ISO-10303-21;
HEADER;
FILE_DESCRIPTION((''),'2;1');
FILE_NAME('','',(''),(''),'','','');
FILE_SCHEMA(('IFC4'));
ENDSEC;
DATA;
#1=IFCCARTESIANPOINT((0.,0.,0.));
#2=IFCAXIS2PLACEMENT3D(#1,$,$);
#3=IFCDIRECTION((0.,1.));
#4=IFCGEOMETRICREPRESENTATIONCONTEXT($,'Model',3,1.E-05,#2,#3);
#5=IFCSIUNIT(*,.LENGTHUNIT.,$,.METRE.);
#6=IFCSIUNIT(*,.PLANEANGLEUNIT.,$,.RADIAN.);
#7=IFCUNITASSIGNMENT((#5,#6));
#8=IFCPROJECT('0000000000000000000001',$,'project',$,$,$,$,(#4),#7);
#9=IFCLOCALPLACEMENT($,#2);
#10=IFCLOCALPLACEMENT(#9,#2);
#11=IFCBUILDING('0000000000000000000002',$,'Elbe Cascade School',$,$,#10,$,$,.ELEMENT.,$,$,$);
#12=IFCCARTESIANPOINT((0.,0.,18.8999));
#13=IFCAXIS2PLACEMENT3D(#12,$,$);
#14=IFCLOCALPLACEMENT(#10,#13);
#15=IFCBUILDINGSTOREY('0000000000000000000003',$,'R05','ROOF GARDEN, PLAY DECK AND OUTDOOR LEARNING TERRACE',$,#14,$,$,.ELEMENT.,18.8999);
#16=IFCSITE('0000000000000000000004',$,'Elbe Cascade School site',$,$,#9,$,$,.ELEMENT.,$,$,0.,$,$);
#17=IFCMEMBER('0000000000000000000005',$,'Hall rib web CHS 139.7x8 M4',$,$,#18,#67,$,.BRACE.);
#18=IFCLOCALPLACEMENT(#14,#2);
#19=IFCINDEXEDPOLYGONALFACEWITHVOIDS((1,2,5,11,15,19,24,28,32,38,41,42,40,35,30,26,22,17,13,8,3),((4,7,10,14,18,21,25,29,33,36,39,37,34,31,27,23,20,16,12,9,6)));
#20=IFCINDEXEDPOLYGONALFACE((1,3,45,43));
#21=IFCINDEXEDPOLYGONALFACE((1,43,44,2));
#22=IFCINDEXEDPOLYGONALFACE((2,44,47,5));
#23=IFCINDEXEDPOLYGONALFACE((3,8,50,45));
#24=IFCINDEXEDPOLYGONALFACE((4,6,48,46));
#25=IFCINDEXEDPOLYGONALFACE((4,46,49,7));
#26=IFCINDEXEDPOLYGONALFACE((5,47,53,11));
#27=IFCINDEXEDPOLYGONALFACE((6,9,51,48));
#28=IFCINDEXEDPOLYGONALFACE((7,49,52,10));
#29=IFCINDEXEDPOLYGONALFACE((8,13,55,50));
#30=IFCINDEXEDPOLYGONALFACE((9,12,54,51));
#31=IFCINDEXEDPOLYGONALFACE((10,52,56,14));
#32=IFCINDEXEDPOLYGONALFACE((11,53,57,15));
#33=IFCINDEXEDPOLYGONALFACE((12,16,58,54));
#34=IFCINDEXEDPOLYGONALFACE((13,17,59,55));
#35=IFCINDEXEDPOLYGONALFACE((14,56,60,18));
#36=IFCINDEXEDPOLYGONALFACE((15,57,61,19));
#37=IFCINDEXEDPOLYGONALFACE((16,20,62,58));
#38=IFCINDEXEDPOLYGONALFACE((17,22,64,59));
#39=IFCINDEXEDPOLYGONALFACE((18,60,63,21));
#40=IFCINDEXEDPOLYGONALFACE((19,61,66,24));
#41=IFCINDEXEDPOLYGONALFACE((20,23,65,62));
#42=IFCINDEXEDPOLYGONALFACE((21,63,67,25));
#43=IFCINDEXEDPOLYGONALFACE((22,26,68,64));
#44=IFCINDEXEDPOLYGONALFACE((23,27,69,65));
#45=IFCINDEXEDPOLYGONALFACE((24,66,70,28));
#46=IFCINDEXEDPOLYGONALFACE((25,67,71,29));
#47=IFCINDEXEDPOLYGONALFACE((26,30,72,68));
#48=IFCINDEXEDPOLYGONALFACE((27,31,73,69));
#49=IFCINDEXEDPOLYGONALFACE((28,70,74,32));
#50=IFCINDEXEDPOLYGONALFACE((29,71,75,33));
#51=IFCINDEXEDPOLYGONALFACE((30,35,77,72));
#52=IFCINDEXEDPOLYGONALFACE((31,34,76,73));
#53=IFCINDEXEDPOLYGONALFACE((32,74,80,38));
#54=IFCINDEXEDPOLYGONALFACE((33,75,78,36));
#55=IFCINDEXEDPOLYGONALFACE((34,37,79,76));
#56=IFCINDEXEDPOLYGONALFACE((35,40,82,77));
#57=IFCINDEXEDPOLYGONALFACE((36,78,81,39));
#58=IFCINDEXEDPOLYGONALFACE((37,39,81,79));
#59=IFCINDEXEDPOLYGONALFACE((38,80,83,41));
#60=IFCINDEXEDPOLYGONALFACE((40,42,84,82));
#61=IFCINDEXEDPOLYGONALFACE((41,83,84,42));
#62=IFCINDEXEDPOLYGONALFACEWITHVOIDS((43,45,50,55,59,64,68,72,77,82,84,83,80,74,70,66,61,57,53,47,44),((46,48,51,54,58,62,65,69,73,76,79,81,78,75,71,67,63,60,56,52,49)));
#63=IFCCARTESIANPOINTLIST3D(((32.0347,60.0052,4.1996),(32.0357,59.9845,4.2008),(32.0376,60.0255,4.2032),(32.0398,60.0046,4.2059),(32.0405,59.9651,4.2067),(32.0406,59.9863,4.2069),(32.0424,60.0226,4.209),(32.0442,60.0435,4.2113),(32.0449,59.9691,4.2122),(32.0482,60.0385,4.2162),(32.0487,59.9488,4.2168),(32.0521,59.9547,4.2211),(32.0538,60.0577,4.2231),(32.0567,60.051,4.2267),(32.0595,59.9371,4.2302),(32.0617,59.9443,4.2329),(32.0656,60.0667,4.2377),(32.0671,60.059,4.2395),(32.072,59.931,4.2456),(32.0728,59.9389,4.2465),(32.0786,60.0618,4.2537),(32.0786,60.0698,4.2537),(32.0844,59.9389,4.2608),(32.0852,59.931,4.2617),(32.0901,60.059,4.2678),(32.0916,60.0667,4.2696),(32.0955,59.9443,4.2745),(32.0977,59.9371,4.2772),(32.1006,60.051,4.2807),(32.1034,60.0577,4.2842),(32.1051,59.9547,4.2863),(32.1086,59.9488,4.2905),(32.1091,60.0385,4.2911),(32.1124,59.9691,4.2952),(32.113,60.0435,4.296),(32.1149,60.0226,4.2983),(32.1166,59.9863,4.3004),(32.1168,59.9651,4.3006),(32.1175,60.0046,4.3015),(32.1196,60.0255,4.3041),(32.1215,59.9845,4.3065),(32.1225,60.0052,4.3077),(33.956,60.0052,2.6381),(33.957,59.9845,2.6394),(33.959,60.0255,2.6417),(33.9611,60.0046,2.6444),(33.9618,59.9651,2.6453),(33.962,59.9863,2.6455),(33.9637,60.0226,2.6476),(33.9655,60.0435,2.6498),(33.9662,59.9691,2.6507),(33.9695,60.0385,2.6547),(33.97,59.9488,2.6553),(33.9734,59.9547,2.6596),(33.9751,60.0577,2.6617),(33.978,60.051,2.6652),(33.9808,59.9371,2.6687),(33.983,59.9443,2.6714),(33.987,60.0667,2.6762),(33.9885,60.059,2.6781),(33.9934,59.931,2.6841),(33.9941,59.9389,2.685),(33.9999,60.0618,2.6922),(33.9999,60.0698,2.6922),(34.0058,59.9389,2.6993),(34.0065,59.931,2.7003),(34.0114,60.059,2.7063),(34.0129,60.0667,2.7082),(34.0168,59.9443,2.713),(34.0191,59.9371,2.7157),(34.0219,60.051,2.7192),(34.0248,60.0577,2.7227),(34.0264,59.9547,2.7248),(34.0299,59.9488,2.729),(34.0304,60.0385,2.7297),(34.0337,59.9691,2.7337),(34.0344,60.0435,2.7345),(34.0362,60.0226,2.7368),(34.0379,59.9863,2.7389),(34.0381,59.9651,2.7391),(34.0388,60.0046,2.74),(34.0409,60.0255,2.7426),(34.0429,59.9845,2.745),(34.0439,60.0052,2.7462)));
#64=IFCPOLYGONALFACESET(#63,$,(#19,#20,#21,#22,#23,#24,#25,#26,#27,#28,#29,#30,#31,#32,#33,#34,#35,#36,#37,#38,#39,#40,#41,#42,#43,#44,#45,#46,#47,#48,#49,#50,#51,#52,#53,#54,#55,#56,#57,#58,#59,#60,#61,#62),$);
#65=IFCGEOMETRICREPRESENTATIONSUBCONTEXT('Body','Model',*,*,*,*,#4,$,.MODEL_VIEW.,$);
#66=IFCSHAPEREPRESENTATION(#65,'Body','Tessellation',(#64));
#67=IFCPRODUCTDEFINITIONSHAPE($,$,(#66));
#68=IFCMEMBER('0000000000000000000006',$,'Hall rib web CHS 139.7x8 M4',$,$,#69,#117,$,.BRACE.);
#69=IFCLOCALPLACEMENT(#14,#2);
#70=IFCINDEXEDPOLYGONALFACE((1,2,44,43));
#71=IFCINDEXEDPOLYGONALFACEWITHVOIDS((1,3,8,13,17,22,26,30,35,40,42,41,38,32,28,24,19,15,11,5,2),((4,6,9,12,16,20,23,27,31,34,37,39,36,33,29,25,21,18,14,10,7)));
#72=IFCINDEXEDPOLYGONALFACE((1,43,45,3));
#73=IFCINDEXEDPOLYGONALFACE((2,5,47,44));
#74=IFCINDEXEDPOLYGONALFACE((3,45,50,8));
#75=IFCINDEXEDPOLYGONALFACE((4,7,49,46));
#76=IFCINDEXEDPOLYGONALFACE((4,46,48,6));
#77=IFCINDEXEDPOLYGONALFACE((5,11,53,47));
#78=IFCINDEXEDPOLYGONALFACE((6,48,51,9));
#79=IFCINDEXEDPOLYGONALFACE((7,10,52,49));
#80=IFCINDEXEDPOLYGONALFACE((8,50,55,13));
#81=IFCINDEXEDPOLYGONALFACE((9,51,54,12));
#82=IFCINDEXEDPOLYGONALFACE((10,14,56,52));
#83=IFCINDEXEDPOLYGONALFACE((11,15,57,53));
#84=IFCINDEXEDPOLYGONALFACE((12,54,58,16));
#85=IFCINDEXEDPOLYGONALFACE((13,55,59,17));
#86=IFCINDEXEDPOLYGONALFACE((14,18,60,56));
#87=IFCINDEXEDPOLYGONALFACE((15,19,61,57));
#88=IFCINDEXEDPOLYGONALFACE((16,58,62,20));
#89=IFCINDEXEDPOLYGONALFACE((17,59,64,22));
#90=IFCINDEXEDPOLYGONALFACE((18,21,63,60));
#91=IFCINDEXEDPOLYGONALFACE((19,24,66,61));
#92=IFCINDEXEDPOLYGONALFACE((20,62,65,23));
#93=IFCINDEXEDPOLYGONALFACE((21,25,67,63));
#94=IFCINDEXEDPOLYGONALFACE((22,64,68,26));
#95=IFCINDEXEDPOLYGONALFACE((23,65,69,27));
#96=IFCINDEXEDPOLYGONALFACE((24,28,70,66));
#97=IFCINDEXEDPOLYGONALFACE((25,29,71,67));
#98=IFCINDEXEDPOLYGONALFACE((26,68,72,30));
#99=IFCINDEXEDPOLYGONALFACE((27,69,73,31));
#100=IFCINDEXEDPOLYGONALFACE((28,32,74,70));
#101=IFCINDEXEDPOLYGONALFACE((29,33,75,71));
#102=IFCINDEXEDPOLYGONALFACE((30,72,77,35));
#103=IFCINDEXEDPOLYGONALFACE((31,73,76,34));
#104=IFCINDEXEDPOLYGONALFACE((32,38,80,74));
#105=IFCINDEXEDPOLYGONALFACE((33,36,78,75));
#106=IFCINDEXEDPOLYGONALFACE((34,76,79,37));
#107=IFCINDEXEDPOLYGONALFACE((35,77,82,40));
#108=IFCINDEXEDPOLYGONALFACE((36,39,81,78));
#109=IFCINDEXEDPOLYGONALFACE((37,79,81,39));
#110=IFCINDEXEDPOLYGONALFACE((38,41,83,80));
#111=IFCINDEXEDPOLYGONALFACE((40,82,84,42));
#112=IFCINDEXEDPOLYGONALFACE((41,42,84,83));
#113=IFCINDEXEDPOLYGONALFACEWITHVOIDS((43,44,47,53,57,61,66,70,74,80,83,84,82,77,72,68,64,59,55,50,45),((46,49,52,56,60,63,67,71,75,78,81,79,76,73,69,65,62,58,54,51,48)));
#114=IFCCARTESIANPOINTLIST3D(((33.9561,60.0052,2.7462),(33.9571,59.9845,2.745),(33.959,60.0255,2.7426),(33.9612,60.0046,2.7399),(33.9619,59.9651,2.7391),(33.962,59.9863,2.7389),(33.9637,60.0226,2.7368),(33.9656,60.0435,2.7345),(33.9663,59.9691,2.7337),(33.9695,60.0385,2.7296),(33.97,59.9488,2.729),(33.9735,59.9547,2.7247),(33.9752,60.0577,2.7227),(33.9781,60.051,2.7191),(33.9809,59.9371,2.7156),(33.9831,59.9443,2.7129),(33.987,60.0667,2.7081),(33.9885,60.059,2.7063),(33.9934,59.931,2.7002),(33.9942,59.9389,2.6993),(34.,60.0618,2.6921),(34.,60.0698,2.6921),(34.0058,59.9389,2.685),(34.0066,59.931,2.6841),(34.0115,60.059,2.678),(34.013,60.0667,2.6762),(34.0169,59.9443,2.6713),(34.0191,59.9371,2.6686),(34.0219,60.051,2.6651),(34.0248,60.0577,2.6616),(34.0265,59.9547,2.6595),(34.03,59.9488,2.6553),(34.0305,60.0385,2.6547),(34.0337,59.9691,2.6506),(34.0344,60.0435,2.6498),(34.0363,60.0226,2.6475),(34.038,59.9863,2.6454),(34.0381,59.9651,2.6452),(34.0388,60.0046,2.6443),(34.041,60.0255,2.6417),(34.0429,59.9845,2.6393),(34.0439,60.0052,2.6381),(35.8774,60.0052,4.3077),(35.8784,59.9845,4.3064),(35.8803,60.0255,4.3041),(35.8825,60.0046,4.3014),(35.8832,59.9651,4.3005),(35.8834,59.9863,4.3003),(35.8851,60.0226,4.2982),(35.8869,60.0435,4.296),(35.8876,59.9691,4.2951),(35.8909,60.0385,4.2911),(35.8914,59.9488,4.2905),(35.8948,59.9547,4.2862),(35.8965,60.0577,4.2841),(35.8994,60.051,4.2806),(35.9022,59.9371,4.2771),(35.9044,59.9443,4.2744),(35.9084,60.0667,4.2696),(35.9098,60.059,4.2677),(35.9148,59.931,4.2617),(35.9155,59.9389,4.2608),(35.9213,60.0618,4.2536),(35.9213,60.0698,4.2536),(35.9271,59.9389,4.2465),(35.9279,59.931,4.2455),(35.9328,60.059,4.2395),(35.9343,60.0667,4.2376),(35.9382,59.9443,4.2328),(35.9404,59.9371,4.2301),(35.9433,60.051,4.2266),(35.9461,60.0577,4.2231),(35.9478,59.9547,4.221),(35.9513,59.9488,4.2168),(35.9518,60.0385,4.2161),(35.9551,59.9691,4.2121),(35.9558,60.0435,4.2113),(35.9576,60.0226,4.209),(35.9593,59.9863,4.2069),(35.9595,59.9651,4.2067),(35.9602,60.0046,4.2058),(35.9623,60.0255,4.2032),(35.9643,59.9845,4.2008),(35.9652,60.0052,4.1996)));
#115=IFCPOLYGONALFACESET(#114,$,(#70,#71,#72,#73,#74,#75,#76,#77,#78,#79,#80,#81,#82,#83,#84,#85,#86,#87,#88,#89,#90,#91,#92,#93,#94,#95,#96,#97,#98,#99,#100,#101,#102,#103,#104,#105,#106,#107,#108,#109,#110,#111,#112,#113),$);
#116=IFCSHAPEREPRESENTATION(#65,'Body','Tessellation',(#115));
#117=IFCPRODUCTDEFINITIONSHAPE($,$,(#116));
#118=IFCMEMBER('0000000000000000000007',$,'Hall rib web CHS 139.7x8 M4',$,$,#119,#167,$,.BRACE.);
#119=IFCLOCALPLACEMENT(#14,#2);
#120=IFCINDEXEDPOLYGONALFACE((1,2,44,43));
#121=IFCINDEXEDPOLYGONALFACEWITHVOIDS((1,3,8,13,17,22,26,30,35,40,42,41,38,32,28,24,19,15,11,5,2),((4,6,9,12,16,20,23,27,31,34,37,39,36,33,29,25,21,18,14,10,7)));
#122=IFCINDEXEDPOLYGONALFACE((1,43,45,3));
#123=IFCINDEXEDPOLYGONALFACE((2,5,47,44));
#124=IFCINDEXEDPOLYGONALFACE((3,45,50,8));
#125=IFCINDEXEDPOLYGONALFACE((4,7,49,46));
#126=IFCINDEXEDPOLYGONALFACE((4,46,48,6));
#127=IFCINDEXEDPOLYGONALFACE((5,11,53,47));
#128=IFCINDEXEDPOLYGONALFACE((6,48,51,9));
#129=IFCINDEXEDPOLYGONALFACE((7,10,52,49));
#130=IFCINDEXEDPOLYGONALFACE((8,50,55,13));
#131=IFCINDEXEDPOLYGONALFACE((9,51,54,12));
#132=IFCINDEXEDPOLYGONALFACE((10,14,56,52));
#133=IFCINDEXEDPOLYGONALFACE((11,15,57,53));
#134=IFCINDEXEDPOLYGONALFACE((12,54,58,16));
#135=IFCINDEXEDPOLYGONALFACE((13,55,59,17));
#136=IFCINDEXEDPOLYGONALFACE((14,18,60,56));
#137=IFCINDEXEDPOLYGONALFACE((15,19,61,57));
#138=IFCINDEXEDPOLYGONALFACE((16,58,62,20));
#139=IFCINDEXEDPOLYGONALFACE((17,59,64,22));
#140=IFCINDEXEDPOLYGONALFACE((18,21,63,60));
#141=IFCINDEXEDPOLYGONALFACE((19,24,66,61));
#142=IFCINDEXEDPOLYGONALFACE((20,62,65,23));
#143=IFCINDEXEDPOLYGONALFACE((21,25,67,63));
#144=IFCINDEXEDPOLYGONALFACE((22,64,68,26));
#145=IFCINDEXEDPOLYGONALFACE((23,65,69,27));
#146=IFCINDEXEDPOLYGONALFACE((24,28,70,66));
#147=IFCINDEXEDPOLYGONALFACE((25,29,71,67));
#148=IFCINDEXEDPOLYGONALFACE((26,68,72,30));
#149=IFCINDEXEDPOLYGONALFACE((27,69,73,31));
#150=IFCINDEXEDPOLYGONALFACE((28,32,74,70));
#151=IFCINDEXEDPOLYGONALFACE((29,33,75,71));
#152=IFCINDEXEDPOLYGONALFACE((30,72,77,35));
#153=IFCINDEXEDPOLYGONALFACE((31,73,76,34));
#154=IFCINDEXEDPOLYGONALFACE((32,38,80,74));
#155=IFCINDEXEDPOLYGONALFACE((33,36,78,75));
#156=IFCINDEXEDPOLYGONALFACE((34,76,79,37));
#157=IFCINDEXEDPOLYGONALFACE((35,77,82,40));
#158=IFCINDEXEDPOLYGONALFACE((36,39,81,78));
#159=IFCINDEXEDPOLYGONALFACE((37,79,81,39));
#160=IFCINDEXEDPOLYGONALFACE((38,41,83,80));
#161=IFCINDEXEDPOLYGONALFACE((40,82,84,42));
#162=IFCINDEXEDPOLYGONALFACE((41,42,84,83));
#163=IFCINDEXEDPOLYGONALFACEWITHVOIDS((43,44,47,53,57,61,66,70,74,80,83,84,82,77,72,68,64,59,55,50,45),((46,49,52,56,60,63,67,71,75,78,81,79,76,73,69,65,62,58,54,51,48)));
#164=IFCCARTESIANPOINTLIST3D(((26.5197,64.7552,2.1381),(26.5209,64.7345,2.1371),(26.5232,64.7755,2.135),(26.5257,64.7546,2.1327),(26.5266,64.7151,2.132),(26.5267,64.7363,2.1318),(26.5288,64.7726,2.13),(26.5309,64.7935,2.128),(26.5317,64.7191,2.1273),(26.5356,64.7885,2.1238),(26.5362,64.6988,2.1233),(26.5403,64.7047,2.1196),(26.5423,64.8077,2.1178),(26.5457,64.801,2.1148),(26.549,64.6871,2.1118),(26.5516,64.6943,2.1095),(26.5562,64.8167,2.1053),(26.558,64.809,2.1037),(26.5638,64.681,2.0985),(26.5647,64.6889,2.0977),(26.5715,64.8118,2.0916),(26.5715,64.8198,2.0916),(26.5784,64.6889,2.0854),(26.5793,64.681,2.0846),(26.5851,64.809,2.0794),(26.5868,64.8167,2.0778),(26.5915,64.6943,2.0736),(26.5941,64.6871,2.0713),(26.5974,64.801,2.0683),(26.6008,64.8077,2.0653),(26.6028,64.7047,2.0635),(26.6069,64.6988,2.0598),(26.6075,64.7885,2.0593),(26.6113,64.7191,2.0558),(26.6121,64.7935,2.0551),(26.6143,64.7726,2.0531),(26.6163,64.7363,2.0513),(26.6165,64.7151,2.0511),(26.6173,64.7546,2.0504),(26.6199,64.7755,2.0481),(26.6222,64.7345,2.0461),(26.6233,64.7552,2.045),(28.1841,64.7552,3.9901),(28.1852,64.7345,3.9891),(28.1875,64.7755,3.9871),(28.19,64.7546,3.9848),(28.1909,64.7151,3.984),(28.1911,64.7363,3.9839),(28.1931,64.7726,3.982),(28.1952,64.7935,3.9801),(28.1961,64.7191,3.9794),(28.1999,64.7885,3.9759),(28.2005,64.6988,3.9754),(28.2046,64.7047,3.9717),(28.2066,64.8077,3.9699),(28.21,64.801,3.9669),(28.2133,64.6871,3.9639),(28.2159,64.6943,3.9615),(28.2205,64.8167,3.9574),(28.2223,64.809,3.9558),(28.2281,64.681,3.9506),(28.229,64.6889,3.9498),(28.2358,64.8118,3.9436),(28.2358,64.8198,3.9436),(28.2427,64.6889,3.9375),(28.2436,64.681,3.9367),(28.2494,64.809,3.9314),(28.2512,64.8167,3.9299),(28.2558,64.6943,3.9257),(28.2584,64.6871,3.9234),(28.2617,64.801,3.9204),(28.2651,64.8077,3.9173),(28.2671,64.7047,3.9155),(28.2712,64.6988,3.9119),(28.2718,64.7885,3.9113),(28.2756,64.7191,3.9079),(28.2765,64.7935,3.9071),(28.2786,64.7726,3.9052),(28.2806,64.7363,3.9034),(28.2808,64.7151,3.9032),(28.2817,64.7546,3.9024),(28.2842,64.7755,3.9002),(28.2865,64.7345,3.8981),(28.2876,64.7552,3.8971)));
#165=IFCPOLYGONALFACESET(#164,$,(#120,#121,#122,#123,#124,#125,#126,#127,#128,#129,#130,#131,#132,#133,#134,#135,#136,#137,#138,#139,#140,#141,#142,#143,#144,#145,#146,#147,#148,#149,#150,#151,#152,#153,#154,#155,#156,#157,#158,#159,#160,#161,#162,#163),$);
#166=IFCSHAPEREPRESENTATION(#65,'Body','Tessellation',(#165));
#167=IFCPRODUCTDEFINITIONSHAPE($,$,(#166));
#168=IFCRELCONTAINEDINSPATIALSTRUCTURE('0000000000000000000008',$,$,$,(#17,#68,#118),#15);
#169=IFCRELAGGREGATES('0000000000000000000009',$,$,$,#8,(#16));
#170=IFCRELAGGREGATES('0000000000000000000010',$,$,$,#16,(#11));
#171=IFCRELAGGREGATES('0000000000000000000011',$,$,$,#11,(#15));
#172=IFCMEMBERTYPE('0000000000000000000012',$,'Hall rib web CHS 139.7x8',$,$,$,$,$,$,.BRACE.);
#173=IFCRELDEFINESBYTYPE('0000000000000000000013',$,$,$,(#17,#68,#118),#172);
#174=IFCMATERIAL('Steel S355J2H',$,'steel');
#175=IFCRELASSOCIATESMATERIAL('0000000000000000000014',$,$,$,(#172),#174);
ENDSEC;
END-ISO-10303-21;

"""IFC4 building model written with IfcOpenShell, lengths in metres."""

from ifc_helpers import new_model, si_unit, direction, frame, origin, origin_2d, place, context, subcontext, project, spatial, hollow_circle, extrude, material, material_profile, profile_set, type_object, element, save


model = new_model("IFC4")

# Units and contexts
model_context = context("Model", 3, precision=1e-05, world=origin(), true_north=direction((0.0, 1.0)))
body_context = subcontext(model_context, "Body", "Model", "MODEL_VIEW")
ifc_project = project(units=[si_unit("LENGTHUNIT", "METRE"), si_unit("PLANEANGLEUNIT", "RADIAN")], contexts=[model_context])

# Site, building, storey
site_placement = place(None, origin())
site = spatial("IfcSite", under=ifc_project, at=site_placement, Name="Elbe Cascade School site", CompositionType="ELEMENT", RefElevation=0.0)
building_placement = place(site_placement, origin())
building = spatial("IfcBuilding", under=site, at=building_placement, Name="Elbe Cascade School", CompositionType="ELEMENT")
storey_placement = place(building_placement, frame((0.0, 0.0, 18.8999)))
storey = spatial("IfcBuildingStorey", under=building, at=storey_placement, Name="R05", Description="ROOF GARDEN, PLAY DECK AND OUTDOOR LEARNING TERRACE", CompositionType="ELEMENT", Elevation=18.8999)

# Members
ifc_material_1 = material(Name="Steel S355J2H", Category="steel")
ifc_material_profile_1 = material_profile(ifc_material_1, hollow_circle(Radius=0.0698, WallThickness=0.0081, at=origin_2d()), Name="CHS 139.7x8")
ifc_profile_set_1 = profile_set([ifc_material_profile_1], Name="Steel S355J2H")
member_type_1 = type_object("IfcMemberType", Name="Hall rib web CHS 139.7x8", PredefinedType="BRACE", material=ifc_profile_set_1)
for number, where, z_axis, x_axis, name in (
    (1, (32.0786, 60.0, 4.2537), (0.776036, 0.0, -0.630689), (0.0, 1.0, 0.0), "Hall rib web CHS 139.7x8 M4"),
    (2, (34.0, 60.0, 2.6921), (0.776036, 0.0, 0.630689), (0.0, 1.0, 0.0), "Hall rib web CHS 139.7x8 M4"),
):
    element("IfcMember", number, at=place(storey_placement, frame(where, z_axis=z_axis, x_axis=x_axis)), inside=storey, type_object=member_type_1, Name=name, PredefinedType="BRACE", context=body_context, shape_type="SweptSolid", body=[
        extrude(hollow_circle(Radius=0.0698, WallThickness=0.0081, at=origin_2d()), origin(), (0.0, 0.0, 1.0), 2.4758),
    ])
member_1_placement = place(storey_placement, frame((26.5715, 64.75, 2.0916), z_axis=(0.668401, 0.0, 0.743801), x_axis=(0.0, 1.0, 0.0)))
element("IfcMember", 3, at=member_1_placement, inside=storey, type_object=member_type_1, Name="Hall rib web CHS 139.7x8 M4", PredefinedType="BRACE", context=body_context, shape_type="SweptSolid", body=[
    extrude(hollow_circle(Radius=0.0698, WallThickness=0.0081, at=origin_2d()), origin(), (0.0, 0.0, 1.0), 2.49),
])

save(model, "model.ifc")
